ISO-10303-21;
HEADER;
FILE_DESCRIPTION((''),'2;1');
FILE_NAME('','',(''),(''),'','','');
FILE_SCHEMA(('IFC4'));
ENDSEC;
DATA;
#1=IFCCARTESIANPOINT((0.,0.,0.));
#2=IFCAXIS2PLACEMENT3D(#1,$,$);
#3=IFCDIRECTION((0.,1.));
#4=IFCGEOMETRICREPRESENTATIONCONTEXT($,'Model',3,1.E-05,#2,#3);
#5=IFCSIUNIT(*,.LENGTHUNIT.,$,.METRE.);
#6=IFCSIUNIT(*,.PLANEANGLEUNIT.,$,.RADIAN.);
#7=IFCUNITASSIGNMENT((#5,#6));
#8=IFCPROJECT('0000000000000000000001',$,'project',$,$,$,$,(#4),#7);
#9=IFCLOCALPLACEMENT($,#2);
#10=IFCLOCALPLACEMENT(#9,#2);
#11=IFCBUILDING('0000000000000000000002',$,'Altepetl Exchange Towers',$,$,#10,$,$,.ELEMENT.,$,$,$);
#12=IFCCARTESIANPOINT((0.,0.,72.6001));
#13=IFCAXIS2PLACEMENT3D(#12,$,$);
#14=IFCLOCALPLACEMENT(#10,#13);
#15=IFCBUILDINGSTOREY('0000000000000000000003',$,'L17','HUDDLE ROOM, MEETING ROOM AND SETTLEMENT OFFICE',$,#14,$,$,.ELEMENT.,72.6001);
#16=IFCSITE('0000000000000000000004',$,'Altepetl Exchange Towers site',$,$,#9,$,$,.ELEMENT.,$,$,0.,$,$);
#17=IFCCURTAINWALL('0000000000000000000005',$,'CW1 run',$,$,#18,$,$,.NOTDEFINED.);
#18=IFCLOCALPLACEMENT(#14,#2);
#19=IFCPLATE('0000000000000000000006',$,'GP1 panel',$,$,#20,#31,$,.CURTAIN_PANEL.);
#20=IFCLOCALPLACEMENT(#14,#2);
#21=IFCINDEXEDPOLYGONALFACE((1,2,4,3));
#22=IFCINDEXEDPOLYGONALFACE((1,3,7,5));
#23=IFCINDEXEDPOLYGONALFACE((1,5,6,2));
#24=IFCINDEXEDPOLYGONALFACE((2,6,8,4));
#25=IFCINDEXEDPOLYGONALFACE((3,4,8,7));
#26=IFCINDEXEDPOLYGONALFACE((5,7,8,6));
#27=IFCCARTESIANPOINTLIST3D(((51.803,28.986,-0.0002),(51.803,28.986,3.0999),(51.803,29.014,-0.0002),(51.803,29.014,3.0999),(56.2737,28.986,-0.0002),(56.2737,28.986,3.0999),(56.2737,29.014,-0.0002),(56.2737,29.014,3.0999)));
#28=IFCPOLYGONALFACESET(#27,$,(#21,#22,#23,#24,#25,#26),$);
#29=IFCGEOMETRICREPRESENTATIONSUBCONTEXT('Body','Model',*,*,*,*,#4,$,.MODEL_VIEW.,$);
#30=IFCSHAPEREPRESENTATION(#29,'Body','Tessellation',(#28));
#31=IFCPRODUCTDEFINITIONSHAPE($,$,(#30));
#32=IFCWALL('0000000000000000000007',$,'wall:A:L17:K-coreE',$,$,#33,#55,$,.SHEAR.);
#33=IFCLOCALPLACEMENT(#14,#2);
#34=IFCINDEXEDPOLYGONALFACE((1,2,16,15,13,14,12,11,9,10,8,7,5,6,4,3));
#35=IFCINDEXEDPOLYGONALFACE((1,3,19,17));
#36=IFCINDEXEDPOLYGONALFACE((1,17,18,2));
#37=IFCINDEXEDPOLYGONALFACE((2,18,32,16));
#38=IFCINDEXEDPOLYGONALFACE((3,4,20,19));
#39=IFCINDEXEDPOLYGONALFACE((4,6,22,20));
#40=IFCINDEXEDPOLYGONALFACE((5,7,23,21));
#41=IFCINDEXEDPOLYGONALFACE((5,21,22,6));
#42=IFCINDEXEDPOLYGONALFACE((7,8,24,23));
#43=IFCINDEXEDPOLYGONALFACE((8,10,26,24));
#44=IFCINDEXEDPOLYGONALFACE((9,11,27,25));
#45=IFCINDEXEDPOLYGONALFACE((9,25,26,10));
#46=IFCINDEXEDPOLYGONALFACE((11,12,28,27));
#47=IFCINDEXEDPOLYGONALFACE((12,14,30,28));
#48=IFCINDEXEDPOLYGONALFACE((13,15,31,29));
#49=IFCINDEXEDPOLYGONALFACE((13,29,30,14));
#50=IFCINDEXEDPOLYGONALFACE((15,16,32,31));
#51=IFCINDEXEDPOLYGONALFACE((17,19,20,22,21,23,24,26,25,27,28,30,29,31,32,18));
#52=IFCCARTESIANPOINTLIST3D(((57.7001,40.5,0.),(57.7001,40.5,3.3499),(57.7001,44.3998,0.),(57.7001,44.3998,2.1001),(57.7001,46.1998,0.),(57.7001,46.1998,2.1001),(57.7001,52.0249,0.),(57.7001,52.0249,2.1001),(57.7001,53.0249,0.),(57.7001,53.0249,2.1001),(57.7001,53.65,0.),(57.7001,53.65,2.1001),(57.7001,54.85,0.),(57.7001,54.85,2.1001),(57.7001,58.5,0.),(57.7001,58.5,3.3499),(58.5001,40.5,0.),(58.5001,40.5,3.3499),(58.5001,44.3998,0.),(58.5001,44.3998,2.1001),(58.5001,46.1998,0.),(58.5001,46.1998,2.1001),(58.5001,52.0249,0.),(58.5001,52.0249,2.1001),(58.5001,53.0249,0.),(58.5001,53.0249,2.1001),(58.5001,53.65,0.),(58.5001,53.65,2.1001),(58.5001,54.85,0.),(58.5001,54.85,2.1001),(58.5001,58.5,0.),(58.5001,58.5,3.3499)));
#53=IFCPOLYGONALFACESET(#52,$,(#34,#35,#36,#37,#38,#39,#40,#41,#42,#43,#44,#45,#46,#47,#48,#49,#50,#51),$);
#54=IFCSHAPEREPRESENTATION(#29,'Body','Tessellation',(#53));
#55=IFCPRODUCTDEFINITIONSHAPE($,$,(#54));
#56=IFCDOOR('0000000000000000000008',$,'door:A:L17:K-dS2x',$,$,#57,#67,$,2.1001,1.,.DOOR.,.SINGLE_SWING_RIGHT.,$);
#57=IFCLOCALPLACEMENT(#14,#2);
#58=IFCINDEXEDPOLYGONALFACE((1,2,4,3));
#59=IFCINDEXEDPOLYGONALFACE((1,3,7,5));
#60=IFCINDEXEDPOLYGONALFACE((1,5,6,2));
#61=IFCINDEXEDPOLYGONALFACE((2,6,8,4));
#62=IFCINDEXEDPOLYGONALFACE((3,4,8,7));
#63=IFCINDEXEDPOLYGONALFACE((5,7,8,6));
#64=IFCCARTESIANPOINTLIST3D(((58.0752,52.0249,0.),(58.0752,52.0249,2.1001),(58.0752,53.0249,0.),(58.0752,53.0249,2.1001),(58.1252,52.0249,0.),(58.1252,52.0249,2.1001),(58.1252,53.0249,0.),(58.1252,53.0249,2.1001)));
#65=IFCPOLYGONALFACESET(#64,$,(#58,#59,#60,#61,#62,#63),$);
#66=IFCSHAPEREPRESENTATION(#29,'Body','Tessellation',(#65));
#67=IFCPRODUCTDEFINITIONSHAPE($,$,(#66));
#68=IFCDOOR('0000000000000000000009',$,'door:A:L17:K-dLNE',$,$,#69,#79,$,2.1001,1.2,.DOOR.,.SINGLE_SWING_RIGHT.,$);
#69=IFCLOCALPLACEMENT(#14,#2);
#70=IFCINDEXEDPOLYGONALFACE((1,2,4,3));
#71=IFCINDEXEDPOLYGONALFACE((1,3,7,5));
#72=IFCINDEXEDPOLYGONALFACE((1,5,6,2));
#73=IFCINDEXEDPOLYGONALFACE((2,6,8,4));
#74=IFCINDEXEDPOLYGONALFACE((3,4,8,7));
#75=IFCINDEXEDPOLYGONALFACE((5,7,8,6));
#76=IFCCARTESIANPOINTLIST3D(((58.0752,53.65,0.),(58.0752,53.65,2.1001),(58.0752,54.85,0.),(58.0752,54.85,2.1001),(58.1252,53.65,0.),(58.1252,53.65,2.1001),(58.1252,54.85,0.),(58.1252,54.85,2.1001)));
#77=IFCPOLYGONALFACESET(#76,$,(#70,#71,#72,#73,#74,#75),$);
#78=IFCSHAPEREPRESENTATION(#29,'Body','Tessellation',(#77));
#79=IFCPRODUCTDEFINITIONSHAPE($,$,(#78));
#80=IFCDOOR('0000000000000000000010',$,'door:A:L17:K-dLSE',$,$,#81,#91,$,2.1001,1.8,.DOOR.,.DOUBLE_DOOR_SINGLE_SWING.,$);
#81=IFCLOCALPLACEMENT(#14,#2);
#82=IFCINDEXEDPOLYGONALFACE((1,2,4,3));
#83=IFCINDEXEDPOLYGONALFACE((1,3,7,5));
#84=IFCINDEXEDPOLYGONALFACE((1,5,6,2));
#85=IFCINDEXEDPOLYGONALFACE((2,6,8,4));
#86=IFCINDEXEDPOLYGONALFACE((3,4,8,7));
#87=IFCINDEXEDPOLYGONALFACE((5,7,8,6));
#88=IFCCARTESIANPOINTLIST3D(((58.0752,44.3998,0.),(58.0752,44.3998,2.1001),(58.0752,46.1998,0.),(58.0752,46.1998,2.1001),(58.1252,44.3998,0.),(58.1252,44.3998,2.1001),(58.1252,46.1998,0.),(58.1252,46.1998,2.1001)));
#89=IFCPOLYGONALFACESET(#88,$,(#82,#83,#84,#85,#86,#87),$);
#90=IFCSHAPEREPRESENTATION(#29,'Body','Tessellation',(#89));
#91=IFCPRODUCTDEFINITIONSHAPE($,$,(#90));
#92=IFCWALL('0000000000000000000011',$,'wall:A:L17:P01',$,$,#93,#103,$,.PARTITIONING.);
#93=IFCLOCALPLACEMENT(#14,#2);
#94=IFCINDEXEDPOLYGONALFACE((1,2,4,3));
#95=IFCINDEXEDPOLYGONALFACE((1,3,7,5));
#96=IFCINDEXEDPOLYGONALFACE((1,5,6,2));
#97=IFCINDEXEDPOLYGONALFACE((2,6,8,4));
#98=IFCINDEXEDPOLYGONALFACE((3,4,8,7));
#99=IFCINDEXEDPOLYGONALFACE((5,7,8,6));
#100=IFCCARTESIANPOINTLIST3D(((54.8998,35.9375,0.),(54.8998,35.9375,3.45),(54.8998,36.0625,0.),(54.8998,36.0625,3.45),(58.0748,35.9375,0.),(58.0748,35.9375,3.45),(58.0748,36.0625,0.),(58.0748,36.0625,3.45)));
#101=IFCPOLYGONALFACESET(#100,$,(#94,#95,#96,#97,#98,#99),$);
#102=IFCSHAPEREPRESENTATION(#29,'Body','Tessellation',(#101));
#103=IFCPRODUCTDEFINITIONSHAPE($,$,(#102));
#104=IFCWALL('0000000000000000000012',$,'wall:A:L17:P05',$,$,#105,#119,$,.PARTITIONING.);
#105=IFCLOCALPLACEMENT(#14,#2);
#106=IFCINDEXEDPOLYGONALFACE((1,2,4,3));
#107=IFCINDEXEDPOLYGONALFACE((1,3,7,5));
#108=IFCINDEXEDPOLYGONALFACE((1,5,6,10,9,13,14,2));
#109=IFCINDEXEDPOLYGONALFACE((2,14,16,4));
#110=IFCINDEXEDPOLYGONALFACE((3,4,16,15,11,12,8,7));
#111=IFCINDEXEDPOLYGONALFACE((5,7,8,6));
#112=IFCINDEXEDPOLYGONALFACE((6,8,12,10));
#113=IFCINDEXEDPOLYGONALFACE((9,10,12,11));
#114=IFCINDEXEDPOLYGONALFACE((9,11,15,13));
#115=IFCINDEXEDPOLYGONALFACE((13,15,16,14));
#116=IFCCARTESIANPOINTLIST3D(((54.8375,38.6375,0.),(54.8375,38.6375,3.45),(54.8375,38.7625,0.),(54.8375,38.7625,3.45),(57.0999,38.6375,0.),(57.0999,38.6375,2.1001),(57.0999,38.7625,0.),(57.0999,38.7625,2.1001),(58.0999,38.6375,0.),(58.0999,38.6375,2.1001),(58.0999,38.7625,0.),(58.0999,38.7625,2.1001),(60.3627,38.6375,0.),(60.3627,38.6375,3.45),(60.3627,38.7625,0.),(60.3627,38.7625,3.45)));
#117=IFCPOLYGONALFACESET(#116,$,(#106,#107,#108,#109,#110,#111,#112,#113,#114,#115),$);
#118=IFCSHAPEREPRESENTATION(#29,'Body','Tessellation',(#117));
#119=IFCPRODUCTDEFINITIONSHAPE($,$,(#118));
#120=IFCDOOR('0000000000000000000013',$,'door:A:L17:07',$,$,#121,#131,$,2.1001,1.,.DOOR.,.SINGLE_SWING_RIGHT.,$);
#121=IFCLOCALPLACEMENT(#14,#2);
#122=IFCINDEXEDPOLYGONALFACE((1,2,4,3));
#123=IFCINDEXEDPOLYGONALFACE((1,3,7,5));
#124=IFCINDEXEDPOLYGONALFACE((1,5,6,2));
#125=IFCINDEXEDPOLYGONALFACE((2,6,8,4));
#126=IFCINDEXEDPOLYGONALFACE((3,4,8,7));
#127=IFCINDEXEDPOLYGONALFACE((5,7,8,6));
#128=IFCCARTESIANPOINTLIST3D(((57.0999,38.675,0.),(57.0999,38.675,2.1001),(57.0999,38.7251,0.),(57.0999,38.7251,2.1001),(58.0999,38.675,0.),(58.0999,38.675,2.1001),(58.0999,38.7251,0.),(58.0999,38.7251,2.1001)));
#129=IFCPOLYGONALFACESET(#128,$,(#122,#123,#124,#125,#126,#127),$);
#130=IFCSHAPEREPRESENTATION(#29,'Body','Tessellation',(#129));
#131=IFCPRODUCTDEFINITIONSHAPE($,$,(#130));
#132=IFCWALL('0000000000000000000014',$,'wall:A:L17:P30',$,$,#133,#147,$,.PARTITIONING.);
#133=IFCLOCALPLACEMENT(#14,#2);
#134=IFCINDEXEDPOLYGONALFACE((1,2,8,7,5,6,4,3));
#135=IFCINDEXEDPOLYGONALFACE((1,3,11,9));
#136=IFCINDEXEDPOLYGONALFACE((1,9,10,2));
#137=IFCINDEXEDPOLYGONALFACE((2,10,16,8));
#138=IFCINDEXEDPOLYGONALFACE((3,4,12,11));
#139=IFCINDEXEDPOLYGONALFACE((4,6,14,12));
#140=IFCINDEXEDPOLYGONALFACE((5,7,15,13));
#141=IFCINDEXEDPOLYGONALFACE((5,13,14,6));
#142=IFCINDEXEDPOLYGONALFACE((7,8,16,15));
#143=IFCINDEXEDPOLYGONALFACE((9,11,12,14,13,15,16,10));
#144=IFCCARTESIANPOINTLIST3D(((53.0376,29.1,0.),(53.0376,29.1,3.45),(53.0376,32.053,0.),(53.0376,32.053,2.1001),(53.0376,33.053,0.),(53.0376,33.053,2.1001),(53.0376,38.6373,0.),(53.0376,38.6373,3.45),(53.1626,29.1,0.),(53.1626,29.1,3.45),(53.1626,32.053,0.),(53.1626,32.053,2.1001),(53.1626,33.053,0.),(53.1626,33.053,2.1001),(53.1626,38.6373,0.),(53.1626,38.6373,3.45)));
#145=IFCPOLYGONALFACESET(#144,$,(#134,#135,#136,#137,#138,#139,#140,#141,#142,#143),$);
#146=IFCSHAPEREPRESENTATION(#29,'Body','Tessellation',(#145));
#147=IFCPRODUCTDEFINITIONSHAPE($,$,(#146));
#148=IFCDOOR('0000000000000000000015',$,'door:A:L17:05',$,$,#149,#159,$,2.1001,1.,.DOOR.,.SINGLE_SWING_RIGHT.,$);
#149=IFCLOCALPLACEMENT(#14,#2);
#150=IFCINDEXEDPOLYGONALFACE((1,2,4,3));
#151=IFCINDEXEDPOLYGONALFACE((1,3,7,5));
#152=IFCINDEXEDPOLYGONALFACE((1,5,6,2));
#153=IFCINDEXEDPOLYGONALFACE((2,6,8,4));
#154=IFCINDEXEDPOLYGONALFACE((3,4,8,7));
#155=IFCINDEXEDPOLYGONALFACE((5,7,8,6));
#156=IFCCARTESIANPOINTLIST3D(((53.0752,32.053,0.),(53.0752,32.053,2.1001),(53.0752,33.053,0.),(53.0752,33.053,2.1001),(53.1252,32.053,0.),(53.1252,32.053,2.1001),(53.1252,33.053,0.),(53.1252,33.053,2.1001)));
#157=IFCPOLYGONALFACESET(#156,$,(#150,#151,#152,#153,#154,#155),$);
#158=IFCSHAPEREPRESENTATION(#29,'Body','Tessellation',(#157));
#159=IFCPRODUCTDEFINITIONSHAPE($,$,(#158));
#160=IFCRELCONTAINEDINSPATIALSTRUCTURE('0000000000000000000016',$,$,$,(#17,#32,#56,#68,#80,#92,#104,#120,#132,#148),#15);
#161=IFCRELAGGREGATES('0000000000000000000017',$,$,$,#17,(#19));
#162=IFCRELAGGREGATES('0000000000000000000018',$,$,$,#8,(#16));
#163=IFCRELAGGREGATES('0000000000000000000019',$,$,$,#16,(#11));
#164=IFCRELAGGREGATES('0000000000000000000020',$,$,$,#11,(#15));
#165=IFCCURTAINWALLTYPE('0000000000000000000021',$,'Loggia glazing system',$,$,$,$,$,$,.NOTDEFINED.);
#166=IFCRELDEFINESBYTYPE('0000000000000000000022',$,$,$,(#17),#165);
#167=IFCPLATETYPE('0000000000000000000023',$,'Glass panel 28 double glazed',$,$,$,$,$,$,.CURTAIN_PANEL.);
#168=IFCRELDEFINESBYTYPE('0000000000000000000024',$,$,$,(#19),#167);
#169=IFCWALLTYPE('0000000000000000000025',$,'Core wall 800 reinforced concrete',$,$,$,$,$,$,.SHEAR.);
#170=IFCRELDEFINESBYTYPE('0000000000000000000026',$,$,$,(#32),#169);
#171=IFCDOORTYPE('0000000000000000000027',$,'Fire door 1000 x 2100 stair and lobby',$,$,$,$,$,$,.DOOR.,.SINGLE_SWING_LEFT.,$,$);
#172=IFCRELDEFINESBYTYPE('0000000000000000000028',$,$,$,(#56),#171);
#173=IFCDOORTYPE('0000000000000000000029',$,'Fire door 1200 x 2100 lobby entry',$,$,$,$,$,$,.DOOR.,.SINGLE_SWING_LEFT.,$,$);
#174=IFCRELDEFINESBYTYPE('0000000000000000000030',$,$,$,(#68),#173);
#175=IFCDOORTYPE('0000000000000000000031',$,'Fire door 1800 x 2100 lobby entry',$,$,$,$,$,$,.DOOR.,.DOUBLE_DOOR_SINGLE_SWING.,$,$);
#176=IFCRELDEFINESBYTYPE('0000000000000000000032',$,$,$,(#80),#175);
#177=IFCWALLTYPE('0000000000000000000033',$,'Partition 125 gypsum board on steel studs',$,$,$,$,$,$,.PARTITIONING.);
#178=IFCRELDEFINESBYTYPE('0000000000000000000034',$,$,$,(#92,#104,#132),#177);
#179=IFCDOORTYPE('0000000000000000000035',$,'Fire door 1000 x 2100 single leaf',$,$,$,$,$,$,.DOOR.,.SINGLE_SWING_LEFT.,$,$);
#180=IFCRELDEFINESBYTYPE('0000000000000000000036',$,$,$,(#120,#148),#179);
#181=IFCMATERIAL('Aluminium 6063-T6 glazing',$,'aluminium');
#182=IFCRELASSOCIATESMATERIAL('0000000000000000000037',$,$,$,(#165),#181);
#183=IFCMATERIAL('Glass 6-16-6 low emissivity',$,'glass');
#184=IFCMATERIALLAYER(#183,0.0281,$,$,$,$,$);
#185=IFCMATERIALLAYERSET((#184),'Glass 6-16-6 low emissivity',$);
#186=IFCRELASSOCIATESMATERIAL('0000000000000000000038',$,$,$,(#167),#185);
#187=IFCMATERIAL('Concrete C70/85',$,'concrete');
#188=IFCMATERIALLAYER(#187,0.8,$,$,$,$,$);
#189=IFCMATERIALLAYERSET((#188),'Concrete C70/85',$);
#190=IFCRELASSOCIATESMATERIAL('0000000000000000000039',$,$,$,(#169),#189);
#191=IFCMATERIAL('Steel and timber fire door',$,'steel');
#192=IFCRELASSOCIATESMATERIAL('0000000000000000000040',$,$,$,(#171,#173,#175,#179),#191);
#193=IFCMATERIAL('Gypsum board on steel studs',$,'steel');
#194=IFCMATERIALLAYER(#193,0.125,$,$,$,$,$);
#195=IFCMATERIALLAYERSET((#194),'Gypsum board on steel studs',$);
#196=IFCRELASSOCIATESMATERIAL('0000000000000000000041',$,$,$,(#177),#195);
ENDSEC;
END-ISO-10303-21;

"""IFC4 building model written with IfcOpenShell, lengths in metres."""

from ifc_helpers import new_model, si_unit, direction, frame, frame_2d, origin, origin_2d, place, context, subcontext, project, spatial, rectangle, extrude, material, layer, layer_set, type_object, element, fill, aggregate, save


model = new_model("IFC4")

# Units and contexts
model_context = context("Model", 3, precision=1e-05, world=origin(), true_north=direction((0.0, 1.0)))
body_context = subcontext(model_context, "Body", "Model", "MODEL_VIEW")
ifc_project = project(units=[si_unit("LENGTHUNIT", "METRE"), si_unit("PLANEANGLEUNIT", "RADIAN")], contexts=[model_context])

# Site, building, storey
site_placement = place(None, origin())
site = spatial("IfcSite", under=ifc_project, at=site_placement, Name="Altepetl Exchange Towers site", CompositionType="ELEMENT", RefElevation=0.0)
building_placement = place(site_placement, origin())
building = spatial("IfcBuilding", under=site, at=building_placement, Name="Altepetl Exchange Towers", CompositionType="ELEMENT")
storey_placement = place(building_placement, frame((0.0, 0.0, 72.6001)))
storey = spatial("IfcBuildingStorey", under=building, at=storey_placement, Name="L17", Description="HUDDLE ROOM, MEETING ROOM AND SETTLEMENT OFFICE", CompositionType="ELEMENT", Elevation=72.6001)

# Shared definitions
ifc_material_1 = material(Name="Concrete C70/85", Category="concrete")

# Curtain wall
ifc_material_2 = material(Name="Aluminium 6063-T6 glazing", Category="aluminium")
curtain_wall_type = type_object("IfcCurtainWallType", Name="Loggia glazing system", PredefinedType="NOTDEFINED", material=ifc_material_2)
curtain_wall_placement = place(storey_placement, origin())
curtain_wall = element("IfcCurtainWall", 1, at=curtain_wall_placement, inside=storey, type_object=curtain_wall_type, Name="CW1 run", PredefinedType="NOTDEFINED")

# Plate
ifc_material_3 = material(Name="Glass 6-16-6 low emissivity", Category="glass")
ifc_layer_1 = layer(ifc_material_3, 0.0281)
ifc_layer_set_1 = layer_set([ifc_layer_1], Name="Glass 6-16-6 low emissivity")
plate_type = type_object("IfcPlateType", Name="Glass panel 28 double glazed", PredefinedType="CURTAIN_PANEL", material=ifc_layer_set_1)
plate_placement = place(storey_placement, frame((54.0383, 29.0, -0.0002)))
plate = element("IfcPlate", 2, at=plate_placement, type_object=plate_type, Name="GP1 panel", PredefinedType="CURTAIN_PANEL", context=body_context, shape_type="SweptSolid", body=[
    extrude(rectangle(XDim=4.4707, YDim=0.0281, at=origin_2d()), origin(), (0.0, 0.0, 1.0), 3.1001),
])
aggregate(curtain_wall, [plate])

# Wall, openings, doors
ifc_layer_2 = layer(ifc_material_1, 0.8)
ifc_layer_set_2 = layer_set([ifc_layer_2], Name="Concrete C70/85")
wall_type_1 = type_object("IfcWallType", Name="Core wall 800 reinforced concrete", PredefinedType="SHEAR", material=ifc_layer_set_2)
wall_1_placement = place(storey_placement, frame((58.1001, 40.5, 0.0), z_axis=(0.0, 0.0, 1.0), x_axis=(0.0, 1.0, 0.0)))
wall_1 = element("IfcWall", 3, at=wall_1_placement, inside=storey, type_object=wall_type_1, Name="wall:A:L17:K-coreE", PredefinedType="SHEAR", context=body_context, shape_type="SweptSolid", body=[
    extrude(rectangle(XDim=18.0, YDim=0.8, at=frame_2d((9.0, 0.0))), origin(), (0.0, 0.0, 1.0), 3.3499),
])
opening_1_placement = place(wall_1_placement, frame((13.1499, 0.0, 0.0)))
opening_1 = element("IfcOpeningElement", 4, at=opening_1_placement, cuts=wall_1, PredefinedType="OPENING", context=body_context, shape_type="SweptSolid", body=[
    extrude(rectangle(XDim=1.2, YDim=2.1001, at=frame_2d((0.6001, 1.05))), frame((0.0, 0.4102, 0.0), z_axis=(0.0, -1.0, 0.0), x_axis=(1.0, 0.0, 0.0)), (0.0, 0.0, 1.0), 0.8201),
])
opening_2_placement = place(wall_1_placement, frame((3.8999, 0.0, 0.0)))
opening_2 = element("IfcOpeningElement", 5, at=opening_2_placement, cuts=wall_1, PredefinedType="OPENING", context=body_context, shape_type="SweptSolid", body=[
    extrude(rectangle(XDim=1.8, YDim=2.1001, at=frame_2d((0.8999, 1.05))), frame((0.0, 0.4102, 0.0), z_axis=(0.0, -1.0, 0.0), x_axis=(1.0, 0.0, 0.0)), (0.0, 0.0, 1.0), 0.8201),
])
opening_3_placement = place(wall_1_placement, frame((11.5249, 0.0, 0.0)))
opening_3 = element("IfcOpeningElement", 6, at=opening_3_placement, cuts=wall_1, PredefinedType="OPENING", context=body_context, shape_type="SweptSolid", body=[
    extrude(rectangle(XDim=1.0, YDim=2.1001, at=frame_2d((0.5, 1.05))), frame((0.0, 0.4102, 0.0), z_axis=(0.0, -1.0, 0.0), x_axis=(1.0, 0.0, 0.0)), (0.0, 0.0, 1.0), 0.8201),
])
ifc_material_4 = material(Name="Steel and timber fire door", Category="steel")
door_type_1 = type_object("IfcDoorType", Name="Fire door 1000 x 2100 stair and lobby", OperationType="SINGLE_SWING_LEFT", PredefinedType="DOOR", material=ifc_material_4)
door_1_placement = place(opening_3_placement, origin())
door_1 = element("IfcDoor", 7, at=door_1_placement, inside=storey, type_object=door_type_1, Name="door:A:L17:K-dS2x", OperationType="SINGLE_SWING_RIGHT", OverallHeight=2.1001, OverallWidth=1.0, PredefinedType="DOOR", context=body_context, shape_type="SweptSolid", body=[
    extrude(rectangle(XDim=1.0, YDim=2.1001, at=frame_2d((0.5, 1.05))), frame((0.0, 0.0249, 0.0), z_axis=(0.0, -1.0, 0.0), x_axis=(1.0, 0.0, 0.0)), (0.0, 0.0, 1.0), 0.05),
])
fill(opening_3, door_1)
door_type_2 = type_object("IfcDoorType", Name="Fire door 1200 x 2100 lobby entry", OperationType="SINGLE_SWING_LEFT", PredefinedType="DOOR", material=ifc_material_4)
door_2_placement = place(opening_1_placement, origin())
door_2 = element("IfcDoor", 8, at=door_2_placement, inside=storey, type_object=door_type_2, Name="door:A:L17:K-dLNE", OperationType="SINGLE_SWING_RIGHT", OverallHeight=2.1001, OverallWidth=1.2, PredefinedType="DOOR", context=body_context, shape_type="SweptSolid", body=[
    extrude(rectangle(XDim=1.2, YDim=2.1001, at=frame_2d((0.6001, 1.05))), frame((0.0, 0.0249, 0.0), z_axis=(0.0, -1.0, 0.0), x_axis=(1.0, 0.0, 0.0)), (0.0, 0.0, 1.0), 0.05),
])
fill(opening_1, door_2)
door_type_3 = type_object("IfcDoorType", Name="Fire door 1800 x 2100 lobby entry", OperationType="DOUBLE_DOOR_SINGLE_SWING", PredefinedType="DOOR", material=ifc_material_4)
door_3_placement = place(opening_2_placement, origin())
door_3 = element("IfcDoor", 9, at=door_3_placement, inside=storey, type_object=door_type_3, Name="door:A:L17:K-dLSE", OperationType="DOUBLE_DOOR_SINGLE_SWING", OverallHeight=2.1001, OverallWidth=1.8, PredefinedType="DOOR", context=body_context, shape_type="SweptSolid", body=[
    extrude(rectangle(XDim=1.8, YDim=2.1001, at=frame_2d((0.8999, 1.05))), frame((0.0, 0.0249, 0.0), z_axis=(0.0, -1.0, 0.0), x_axis=(1.0, 0.0, 0.0)), (0.0, 0.0, 1.0), 0.05),
])
fill(opening_2, door_3)

# Wall
ifc_material_5 = material(Name="Gypsum board on steel studs", Category="steel")
ifc_layer_3 = layer(ifc_material_5, 0.125)
ifc_layer_set_3 = layer_set([ifc_layer_3], Name="Gypsum board on steel studs")
wall_type_2 = type_object("IfcWallType", Name="Partition 125 gypsum board on steel studs", PredefinedType="PARTITIONING", material=ifc_layer_set_3)
wall_2_placement = place(storey_placement, frame((54.8999, 36.0, 0.0)))
element("IfcWall", 10, at=wall_2_placement, inside=storey, type_object=wall_type_2, Name="wall:A:L17:P01", PredefinedType="PARTITIONING", context=body_context, shape_type="SweptSolid", body=[
    extrude(rectangle(XDim=3.175, YDim=0.125, at=frame_2d((1.5874, 0.0))), origin(), (0.0, 0.0, 1.0), 3.45),
])

# Walls, openings, doors
wall_3_placement = place(storey_placement, frame((54.8374, 38.7, 0.0)))
wall_3 = element("IfcWall", 11, at=wall_3_placement, inside=storey, type_object=wall_type_2, Name="wall:A:L17:P05", PredefinedType="PARTITIONING", context=body_context, shape_type="SweptSolid", body=[
    extrude(rectangle(XDim=5.5251, YDim=0.125, at=frame_2d((2.7627, 0.0))), origin(), (0.0, 0.0, 1.0), 3.45),
])
opening_4_placement = place(wall_3_placement, frame((2.2625, 0.0, 0.0)))
opening_4 = element("IfcOpeningElement", 12, at=opening_4_placement, cuts=wall_3, PredefinedType="OPENING", context=body_context, shape_type="SweptSolid", body=[
    extrude(rectangle(XDim=1.0, YDim=2.1001, at=frame_2d((0.5, 1.05))), frame((0.0, 0.0725, 0.0), z_axis=(0.0, -1.0, 0.0), x_axis=(1.0, 0.0, 0.0)), (0.0, 0.0, 1.0), 0.145),
])
door_type_4 = type_object("IfcDoorType", Name="Fire door 1000 x 2100 single leaf", OperationType="SINGLE_SWING_LEFT", PredefinedType="DOOR", material=ifc_material_4)
door_4_placement = place(opening_4_placement, frame((1.0, 0.0, 0.0), x_axis=(-1.0, 0.0, 0.0)))
door_4 = element("IfcDoor", 13, at=door_4_placement, inside=storey, type_object=door_type_4, Name="door:A:L17:07", OperationType="SINGLE_SWING_RIGHT", OverallHeight=2.1001, OverallWidth=1.0, PredefinedType="DOOR", context=body_context, shape_type="SweptSolid", body=[
    extrude(rectangle(XDim=1.0, YDim=2.1001, at=frame_2d((0.5, 1.05))), frame((0.0, 0.0249, 0.0), z_axis=(0.0, -1.0, 0.0), x_axis=(1.0, 0.0, 0.0)), (0.0, 0.0, 1.0), 0.05),
])
fill(opening_4, door_4)
wall_4_placement = place(storey_placement, frame((53.1001, 29.1001, 0.0), z_axis=(0.0, 0.0, 1.0), x_axis=(0.0, 1.0, 0.0)))
wall_4 = element("IfcWall", 14, at=wall_4_placement, inside=storey, type_object=wall_type_2, Name="wall:A:L17:P30", PredefinedType="PARTITIONING", context=body_context, shape_type="SweptSolid", body=[
    extrude(rectangle(XDim=9.5374, YDim=0.125, at=frame_2d((4.7686, 0.0))), origin(), (0.0, 0.0, 1.0), 3.45),
])
opening_5_placement = place(wall_4_placement, frame((2.9529, 0.0, 0.0)))
opening_5 = element("IfcOpeningElement", 15, at=opening_5_placement, cuts=wall_4, PredefinedType="OPENING", context=body_context, shape_type="SweptSolid", body=[
    extrude(rectangle(XDim=1.0, YDim=2.1001, at=frame_2d((0.5, 1.05))), frame((0.0, 0.0725, 0.0), z_axis=(0.0, -1.0, 0.0), x_axis=(1.0, 0.0, 0.0)), (0.0, 0.0, 1.0), 0.145),
])
door_5_placement = place(opening_5_placement, origin())
door_5 = element("IfcDoor", 16, at=door_5_placement, inside=storey, type_object=door_type_4, Name="door:A:L17:05", OperationType="SINGLE_SWING_RIGHT", OverallHeight=2.1001, OverallWidth=1.0, PredefinedType="DOOR", context=body_context, shape_type="SweptSolid", body=[
    extrude(rectangle(XDim=1.0, YDim=2.1001, at=frame_2d((0.5, 1.05))), frame((0.0, 0.0249, 0.0), z_axis=(0.0, -1.0, 0.0), x_axis=(1.0, 0.0, 0.0)), (0.0, 0.0, 1.0), 0.05),
])
fill(opening_5, door_5)

save(model, "model.ifc")
